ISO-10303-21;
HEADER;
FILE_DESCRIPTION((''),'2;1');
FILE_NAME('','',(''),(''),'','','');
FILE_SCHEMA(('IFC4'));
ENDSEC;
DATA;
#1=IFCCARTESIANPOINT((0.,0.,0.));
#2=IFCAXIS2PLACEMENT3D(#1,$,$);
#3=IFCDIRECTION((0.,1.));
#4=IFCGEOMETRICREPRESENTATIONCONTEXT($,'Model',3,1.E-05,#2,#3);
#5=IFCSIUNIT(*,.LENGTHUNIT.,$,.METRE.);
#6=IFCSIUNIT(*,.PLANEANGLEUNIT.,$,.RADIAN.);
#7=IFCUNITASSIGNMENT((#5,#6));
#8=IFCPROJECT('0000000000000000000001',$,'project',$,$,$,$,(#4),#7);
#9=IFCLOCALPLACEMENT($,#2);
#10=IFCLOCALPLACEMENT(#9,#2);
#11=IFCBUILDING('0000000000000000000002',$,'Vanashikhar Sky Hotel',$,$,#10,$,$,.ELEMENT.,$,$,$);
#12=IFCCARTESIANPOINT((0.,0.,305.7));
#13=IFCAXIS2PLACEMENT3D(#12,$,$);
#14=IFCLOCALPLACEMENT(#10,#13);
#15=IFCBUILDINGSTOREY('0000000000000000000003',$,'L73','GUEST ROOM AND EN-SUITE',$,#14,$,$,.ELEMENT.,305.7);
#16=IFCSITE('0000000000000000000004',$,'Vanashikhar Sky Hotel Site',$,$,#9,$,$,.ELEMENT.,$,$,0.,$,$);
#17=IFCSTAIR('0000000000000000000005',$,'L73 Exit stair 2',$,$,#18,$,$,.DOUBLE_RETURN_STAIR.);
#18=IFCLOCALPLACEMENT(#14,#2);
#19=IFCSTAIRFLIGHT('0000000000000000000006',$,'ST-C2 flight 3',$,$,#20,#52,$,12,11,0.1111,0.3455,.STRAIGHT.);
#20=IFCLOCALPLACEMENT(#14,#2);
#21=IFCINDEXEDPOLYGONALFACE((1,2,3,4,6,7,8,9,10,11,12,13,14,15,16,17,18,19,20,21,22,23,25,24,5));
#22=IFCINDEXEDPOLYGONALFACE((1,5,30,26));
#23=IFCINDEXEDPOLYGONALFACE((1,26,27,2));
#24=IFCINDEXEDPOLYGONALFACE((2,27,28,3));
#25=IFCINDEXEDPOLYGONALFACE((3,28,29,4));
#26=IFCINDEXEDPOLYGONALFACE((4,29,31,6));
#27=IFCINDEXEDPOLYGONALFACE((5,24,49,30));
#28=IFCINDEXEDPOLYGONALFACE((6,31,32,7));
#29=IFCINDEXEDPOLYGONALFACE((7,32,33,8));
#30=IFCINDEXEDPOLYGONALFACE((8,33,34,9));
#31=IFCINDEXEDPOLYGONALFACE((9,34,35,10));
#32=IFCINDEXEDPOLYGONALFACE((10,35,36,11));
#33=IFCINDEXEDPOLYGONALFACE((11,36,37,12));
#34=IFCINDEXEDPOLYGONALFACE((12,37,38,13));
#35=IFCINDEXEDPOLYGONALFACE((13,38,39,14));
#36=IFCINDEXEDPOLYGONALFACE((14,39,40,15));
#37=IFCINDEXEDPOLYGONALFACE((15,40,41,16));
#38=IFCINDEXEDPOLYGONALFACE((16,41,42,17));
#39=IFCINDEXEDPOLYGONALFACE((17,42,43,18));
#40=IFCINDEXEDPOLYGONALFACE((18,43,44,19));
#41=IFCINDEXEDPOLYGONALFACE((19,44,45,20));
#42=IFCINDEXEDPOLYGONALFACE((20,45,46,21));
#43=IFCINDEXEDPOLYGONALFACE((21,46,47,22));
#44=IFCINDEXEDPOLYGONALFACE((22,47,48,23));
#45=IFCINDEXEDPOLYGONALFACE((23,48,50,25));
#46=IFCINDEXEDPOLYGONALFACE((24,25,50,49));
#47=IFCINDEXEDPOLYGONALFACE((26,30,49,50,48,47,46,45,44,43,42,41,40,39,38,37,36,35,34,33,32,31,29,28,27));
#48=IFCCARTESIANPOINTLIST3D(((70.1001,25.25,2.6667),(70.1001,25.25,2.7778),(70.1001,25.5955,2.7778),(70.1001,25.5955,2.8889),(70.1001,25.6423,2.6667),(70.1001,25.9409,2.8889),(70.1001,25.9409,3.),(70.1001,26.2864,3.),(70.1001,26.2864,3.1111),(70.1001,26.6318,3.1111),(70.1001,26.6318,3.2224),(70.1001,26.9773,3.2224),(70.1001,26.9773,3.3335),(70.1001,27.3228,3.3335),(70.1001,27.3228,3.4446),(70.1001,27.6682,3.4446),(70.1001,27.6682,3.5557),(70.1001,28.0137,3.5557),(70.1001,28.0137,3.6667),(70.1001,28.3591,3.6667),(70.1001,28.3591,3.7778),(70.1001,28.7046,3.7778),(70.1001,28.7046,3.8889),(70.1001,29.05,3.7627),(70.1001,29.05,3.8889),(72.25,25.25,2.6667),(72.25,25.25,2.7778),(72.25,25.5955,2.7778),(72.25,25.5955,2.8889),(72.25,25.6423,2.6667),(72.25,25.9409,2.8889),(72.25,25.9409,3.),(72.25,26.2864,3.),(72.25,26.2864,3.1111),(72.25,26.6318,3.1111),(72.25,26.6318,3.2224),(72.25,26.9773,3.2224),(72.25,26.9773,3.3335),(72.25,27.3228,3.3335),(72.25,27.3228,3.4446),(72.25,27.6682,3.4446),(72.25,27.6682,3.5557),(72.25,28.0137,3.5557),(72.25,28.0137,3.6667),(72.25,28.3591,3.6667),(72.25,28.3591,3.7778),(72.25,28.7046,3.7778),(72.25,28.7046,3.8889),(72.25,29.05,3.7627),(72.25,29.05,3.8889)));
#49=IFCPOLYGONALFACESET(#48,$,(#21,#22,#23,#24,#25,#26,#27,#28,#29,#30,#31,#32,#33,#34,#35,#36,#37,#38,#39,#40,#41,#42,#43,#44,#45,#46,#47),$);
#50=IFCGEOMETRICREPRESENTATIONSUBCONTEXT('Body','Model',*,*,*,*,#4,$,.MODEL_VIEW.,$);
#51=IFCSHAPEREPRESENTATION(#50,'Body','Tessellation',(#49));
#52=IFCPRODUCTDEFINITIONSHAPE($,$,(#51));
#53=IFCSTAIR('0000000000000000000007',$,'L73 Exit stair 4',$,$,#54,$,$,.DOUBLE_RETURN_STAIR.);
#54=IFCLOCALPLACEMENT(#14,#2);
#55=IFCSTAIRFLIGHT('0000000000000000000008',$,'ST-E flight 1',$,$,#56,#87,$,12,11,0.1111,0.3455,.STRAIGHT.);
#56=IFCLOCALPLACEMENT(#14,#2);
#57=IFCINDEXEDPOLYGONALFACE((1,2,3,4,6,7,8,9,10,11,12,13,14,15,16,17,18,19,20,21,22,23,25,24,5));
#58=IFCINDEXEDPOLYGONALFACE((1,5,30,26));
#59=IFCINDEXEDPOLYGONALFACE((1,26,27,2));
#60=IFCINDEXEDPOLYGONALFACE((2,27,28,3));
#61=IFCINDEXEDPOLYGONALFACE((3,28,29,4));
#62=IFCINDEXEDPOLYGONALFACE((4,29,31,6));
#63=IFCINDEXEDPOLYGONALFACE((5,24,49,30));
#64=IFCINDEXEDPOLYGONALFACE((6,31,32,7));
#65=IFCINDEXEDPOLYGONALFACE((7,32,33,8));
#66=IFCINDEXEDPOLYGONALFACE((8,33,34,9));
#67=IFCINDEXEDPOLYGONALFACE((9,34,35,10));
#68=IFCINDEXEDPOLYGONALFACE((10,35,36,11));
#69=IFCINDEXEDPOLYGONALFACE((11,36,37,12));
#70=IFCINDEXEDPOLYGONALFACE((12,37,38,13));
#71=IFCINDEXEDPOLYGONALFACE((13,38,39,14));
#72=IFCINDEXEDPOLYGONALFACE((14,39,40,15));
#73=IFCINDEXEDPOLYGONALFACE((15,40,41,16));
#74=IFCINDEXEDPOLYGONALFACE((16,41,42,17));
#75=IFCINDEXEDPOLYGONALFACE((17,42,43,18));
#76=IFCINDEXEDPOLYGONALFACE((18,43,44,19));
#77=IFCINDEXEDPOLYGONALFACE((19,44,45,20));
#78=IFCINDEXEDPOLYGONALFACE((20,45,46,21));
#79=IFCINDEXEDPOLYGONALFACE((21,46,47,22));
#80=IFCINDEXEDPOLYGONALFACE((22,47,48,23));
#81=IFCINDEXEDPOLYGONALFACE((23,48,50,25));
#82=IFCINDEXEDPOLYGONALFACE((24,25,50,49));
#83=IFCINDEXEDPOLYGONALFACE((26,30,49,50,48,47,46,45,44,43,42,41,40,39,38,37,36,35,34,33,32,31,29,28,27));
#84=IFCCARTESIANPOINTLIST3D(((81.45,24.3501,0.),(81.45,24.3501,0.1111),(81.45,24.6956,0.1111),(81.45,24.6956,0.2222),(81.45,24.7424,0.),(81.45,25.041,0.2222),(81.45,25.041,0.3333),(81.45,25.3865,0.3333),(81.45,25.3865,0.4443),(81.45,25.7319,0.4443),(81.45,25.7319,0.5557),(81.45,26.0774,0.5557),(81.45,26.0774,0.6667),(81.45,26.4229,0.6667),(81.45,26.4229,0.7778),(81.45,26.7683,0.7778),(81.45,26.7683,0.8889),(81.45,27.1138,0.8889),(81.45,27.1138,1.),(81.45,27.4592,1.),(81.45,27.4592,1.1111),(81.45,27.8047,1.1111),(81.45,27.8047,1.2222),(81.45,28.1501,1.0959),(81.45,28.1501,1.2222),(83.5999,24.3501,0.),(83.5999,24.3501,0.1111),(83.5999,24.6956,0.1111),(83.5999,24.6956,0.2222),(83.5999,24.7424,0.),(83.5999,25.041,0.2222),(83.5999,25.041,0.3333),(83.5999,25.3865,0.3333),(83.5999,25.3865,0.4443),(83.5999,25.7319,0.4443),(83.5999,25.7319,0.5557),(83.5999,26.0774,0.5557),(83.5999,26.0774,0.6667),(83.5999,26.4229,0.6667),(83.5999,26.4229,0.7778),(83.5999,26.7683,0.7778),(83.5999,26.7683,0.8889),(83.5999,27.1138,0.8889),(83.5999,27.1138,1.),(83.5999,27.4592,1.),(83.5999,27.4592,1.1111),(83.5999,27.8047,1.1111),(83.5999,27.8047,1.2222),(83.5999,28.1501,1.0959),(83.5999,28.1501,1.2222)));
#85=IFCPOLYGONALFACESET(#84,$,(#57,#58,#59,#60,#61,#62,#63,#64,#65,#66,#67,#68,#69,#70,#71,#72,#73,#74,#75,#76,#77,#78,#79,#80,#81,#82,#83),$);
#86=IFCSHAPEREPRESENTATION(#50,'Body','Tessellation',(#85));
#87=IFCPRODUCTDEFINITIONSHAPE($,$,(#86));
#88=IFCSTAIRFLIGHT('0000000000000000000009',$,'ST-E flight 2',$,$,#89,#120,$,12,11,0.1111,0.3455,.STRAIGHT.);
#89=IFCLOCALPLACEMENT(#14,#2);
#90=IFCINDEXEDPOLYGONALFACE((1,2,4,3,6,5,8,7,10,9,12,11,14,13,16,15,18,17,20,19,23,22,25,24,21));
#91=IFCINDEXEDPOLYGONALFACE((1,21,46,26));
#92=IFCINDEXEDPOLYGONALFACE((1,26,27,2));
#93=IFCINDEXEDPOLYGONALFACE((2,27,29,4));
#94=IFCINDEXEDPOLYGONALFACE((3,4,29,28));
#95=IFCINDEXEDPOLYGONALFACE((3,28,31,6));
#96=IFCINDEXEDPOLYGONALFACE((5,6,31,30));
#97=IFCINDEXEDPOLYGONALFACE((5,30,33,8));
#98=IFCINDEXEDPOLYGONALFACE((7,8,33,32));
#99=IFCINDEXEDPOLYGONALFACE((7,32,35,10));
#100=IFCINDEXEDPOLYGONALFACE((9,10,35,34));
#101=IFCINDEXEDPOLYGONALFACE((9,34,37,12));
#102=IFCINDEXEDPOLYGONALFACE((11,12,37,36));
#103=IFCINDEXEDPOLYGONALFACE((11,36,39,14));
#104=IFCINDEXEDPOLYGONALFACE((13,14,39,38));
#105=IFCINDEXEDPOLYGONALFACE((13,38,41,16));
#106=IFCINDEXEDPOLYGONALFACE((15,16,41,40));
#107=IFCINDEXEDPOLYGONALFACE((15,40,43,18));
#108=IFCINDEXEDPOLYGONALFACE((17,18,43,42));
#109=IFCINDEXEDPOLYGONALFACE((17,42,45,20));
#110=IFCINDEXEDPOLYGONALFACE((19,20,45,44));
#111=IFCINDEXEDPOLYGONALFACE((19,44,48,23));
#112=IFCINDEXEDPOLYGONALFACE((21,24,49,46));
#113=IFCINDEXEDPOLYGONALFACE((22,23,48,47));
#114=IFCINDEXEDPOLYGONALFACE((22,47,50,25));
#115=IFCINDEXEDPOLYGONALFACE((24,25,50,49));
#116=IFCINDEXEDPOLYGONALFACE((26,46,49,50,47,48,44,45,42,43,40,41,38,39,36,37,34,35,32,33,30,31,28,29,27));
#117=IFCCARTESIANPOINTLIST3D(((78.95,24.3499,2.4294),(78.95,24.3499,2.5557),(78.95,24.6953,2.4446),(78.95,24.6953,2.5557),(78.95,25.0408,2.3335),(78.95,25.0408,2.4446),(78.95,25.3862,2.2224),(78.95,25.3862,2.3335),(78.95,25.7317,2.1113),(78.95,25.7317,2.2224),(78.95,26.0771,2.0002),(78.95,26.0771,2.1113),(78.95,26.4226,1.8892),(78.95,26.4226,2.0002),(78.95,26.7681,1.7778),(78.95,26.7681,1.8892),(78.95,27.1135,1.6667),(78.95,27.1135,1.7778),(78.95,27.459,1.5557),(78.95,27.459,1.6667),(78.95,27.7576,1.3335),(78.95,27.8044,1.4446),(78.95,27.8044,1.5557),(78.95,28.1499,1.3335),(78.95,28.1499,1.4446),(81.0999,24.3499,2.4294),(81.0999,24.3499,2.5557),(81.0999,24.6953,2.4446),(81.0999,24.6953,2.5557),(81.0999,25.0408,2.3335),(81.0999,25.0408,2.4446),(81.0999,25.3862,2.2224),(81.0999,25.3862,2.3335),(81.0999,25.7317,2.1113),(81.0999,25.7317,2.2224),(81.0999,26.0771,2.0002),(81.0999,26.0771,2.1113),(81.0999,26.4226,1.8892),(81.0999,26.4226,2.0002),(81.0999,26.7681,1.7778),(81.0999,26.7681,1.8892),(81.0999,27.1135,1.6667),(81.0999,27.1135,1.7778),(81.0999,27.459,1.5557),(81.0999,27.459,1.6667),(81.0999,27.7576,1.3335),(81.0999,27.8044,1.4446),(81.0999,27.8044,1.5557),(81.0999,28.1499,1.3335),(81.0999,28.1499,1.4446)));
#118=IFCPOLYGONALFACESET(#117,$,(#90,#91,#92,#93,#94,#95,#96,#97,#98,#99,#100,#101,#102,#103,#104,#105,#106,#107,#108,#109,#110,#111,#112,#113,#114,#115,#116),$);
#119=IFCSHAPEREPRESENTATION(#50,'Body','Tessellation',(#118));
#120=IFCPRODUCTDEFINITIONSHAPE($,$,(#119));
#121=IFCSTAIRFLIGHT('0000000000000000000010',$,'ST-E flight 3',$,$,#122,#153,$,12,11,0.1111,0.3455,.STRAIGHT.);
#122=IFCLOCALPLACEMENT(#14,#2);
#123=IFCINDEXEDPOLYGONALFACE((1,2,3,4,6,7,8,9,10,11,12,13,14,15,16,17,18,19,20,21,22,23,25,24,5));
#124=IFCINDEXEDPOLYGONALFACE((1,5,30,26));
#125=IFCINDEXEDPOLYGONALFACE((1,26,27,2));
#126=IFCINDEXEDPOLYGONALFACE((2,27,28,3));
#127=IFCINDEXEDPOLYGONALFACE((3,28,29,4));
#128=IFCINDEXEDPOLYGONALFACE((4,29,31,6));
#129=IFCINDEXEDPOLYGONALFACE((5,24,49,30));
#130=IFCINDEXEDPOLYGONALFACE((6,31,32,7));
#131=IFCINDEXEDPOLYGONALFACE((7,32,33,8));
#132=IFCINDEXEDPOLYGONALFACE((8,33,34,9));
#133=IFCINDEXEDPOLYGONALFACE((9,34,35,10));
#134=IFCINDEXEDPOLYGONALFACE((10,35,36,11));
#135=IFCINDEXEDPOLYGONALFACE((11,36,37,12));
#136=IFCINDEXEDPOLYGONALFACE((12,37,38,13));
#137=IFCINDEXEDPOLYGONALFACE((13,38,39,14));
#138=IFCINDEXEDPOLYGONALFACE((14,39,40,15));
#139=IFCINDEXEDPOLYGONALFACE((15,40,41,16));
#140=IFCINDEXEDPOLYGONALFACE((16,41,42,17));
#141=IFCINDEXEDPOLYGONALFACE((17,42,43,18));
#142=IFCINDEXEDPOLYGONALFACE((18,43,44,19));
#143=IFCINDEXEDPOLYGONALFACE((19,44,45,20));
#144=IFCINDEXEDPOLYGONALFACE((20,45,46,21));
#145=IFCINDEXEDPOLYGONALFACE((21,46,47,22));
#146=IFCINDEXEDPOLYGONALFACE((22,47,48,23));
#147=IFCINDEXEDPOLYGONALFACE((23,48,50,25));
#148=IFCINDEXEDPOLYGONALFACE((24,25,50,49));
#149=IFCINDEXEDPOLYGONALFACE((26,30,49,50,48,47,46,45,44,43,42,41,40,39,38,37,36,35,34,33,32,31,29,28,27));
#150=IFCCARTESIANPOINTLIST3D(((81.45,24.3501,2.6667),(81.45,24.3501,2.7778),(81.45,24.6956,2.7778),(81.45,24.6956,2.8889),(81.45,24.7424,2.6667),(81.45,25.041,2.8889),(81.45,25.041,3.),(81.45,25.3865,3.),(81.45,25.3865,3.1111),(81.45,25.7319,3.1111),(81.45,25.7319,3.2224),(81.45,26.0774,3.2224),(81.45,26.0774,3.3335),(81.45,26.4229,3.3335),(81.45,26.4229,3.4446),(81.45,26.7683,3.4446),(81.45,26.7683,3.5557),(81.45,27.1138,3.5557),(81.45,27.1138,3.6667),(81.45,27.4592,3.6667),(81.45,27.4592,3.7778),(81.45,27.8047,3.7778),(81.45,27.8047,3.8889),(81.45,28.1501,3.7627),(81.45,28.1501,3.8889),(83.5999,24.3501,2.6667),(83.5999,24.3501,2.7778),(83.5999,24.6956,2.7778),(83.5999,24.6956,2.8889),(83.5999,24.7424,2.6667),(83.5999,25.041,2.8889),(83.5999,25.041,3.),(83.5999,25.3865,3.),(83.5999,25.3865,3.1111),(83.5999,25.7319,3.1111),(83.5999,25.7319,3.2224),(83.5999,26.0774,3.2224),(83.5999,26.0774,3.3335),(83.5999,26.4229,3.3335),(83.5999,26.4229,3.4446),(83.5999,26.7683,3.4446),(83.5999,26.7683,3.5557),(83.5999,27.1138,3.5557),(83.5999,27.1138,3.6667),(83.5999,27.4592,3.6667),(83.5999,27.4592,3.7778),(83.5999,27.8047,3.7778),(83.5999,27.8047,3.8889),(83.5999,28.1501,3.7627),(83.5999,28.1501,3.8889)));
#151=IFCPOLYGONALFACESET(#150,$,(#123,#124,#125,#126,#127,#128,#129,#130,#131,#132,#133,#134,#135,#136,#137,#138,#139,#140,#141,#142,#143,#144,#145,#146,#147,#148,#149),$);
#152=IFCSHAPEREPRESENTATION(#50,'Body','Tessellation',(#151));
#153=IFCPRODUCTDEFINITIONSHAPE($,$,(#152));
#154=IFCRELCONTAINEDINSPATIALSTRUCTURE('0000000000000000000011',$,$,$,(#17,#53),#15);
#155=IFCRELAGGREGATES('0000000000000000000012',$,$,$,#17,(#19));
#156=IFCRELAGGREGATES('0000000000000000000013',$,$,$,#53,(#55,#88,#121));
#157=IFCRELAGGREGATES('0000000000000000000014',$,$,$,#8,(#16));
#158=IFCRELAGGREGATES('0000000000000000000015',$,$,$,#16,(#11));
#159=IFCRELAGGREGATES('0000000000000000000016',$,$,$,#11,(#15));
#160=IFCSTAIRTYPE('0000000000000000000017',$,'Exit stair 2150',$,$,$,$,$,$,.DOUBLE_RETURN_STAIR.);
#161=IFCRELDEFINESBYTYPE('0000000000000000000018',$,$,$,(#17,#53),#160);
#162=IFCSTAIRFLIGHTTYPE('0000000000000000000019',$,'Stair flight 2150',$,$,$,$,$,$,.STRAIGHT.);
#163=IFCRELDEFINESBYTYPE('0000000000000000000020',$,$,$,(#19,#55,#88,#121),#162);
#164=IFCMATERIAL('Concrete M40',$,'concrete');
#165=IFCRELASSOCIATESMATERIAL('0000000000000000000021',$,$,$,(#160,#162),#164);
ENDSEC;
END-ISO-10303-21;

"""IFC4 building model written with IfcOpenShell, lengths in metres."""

from ifc_helpers import new_model, si_unit, direction, frame, origin, place, context, subcontext, project, spatial, polyline, outline, extrude, source, transform, mapped, material, type_object, element, aggregate, save


model = new_model("IFC4")

# Units and contexts
model_context = context("Model", 3, precision=1e-05, world=origin(), true_north=direction((0.0, 1.0)))
body_context = subcontext(model_context, "Body", "Model", "MODEL_VIEW")
ifc_project = project(units=[si_unit("LENGTHUNIT", "METRE"), si_unit("PLANEANGLEUNIT", "RADIAN")], contexts=[model_context])

# Site, building, storey
site_placement = place(None, origin())
site = spatial("IfcSite", under=ifc_project, at=site_placement, Name="Vanashikhar Sky Hotel Site", CompositionType="ELEMENT", RefElevation=0.0)
building_placement = place(site_placement, origin())
building = spatial("IfcBuilding", under=site, at=building_placement, Name="Vanashikhar Sky Hotel", CompositionType="ELEMENT")
storey_placement = place(building_placement, frame((0.0, 0.0, 305.7)))
storey = spatial("IfcBuildingStorey", under=building, at=storey_placement, Name="L73", Description="GUEST ROOM AND EN-SUITE", CompositionType="ELEMENT", Elevation=305.7)

# Stairs, stair flights
ifc_material_1 = material(Name="Concrete M40", Category="concrete")
stair_type = type_object("IfcStairType", Name="Exit stair 2150", PredefinedType="DOUBLE_RETURN_STAIR", material=ifc_material_1)
stair_1_placement = place(storey_placement, origin())
stair_1 = element("IfcStair", 1, at=stair_1_placement, inside=storey, type_object=stair_type, Name="L73 Exit stair 2", PredefinedType="DOUBLE_RETURN_STAIR")
stair_flight_type = type_object("IfcStairFlightType", Name="Stair flight 2150", PredefinedType="STRAIGHT", material=ifc_material_1)
shared_shape_1 = source(origin(), body_context, "Body", "SweptSolid", [
    extrude(outline(polyline([(0.0, 0.0), (0.0, 0.1111), (0.3455, 0.1111), (0.3455, 0.2222), (0.6909, 0.2222), (0.6909, 0.3333), (1.0364, 0.3333), (1.0364, 0.4443), (1.3818, 0.4443), (1.3818, 0.5557), (1.7273, 0.5557), (1.7273, 0.6667), (2.0728, 0.6667), (2.0728, 0.7778), (2.4182, 0.7778), (2.4182, 0.8889), (2.7637, 0.8889), (2.7637, 1.0), (3.1091, 1.0), (3.1091, 1.1111), (3.4546, 1.1111), (3.4546, 1.2222), (3.8, 1.2222), (3.8, 1.3333), (3.8, 1.0959), (0.3923, 0.0), (0.0, 0.0)])), frame((0.0, 1.075, 0.0), z_axis=(0.0, -1.0, 0.0), x_axis=(1.0, 0.0, 0.0)), (0.0, 0.0, 1.0), 2.1499),
])
stair_flight_1_placement = place(storey_placement, frame((71.175, 25.25, 2.6667), z_axis=(0.0, 0.0, 1.0), x_axis=(0.0, 1.0, 0.0)))
stair_flight_1 = element("IfcStairFlight", 2, at=stair_flight_1_placement, type_object=stair_flight_type, Name="ST-C2 flight 3", NumberOfRisers=12, NumberOfTreads=11, PredefinedType="STRAIGHT", RiserHeight=0.1111, TreadLength=0.3455, context=body_context, shape_type="MappedRepresentation", body=[
    mapped(shared_shape_1, transform((0.0, 0.0, 0.0), scale=1.0)),
])
aggregate(stair_1, [stair_flight_1])
stair_2_placement = place(storey_placement, origin())
stair_2 = element("IfcStair", 3, at=stair_2_placement, inside=storey, type_object=stair_type, Name="L73 Exit stair 4", PredefinedType="DOUBLE_RETURN_STAIR")
stair_flight_2_placement = place(storey_placement, frame((82.5249, 24.3501, 0.0), z_axis=(0.0, 0.0, 1.0), x_axis=(0.0, 1.0, 0.0)))
stair_flight_2 = element("IfcStairFlight", 4, at=stair_flight_2_placement, type_object=stair_flight_type, Name="ST-E flight 1", NumberOfRisers=12, NumberOfTreads=11, PredefinedType="STRAIGHT", RiserHeight=0.1111, TreadLength=0.3455, context=body_context, shape_type="MappedRepresentation", body=[
    mapped(shared_shape_1, transform((0.0, 0.0, 0.0), scale=1.0)),
])
stair_flight_3_placement = place(storey_placement, frame((80.0249, 28.1499, 1.3335), z_axis=(0.0, 0.0, 1.0), x_axis=(0.0, -1.0, 0.0)))
stair_flight_3 = element("IfcStairFlight", 5, at=stair_flight_3_placement, type_object=stair_flight_type, Name="ST-E flight 2", NumberOfRisers=12, NumberOfTreads=11, PredefinedType="STRAIGHT", RiserHeight=0.1111, TreadLength=0.3455, context=body_context, shape_type="MappedRepresentation", body=[
    mapped(shared_shape_1, transform((0.0, 0.0, 0.0), scale=1.0)),
])
stair_flight_4_placement = place(storey_placement, frame((82.5249, 24.3501, 2.6667), z_axis=(0.0, 0.0, 1.0), x_axis=(0.0, 1.0, 0.0)))
stair_flight_4 = element("IfcStairFlight", 6, at=stair_flight_4_placement, type_object=stair_flight_type, Name="ST-E flight 3", NumberOfRisers=12, NumberOfTreads=11, PredefinedType="STRAIGHT", RiserHeight=0.1111, TreadLength=0.3455, context=body_context, shape_type="MappedRepresentation", body=[
    mapped(shared_shape_1, transform((0.0, 0.0, 0.0), scale=1.0)),
])
aggregate(stair_2, [stair_flight_2, stair_flight_3, stair_flight_4])

save(model, "model.ifc")
